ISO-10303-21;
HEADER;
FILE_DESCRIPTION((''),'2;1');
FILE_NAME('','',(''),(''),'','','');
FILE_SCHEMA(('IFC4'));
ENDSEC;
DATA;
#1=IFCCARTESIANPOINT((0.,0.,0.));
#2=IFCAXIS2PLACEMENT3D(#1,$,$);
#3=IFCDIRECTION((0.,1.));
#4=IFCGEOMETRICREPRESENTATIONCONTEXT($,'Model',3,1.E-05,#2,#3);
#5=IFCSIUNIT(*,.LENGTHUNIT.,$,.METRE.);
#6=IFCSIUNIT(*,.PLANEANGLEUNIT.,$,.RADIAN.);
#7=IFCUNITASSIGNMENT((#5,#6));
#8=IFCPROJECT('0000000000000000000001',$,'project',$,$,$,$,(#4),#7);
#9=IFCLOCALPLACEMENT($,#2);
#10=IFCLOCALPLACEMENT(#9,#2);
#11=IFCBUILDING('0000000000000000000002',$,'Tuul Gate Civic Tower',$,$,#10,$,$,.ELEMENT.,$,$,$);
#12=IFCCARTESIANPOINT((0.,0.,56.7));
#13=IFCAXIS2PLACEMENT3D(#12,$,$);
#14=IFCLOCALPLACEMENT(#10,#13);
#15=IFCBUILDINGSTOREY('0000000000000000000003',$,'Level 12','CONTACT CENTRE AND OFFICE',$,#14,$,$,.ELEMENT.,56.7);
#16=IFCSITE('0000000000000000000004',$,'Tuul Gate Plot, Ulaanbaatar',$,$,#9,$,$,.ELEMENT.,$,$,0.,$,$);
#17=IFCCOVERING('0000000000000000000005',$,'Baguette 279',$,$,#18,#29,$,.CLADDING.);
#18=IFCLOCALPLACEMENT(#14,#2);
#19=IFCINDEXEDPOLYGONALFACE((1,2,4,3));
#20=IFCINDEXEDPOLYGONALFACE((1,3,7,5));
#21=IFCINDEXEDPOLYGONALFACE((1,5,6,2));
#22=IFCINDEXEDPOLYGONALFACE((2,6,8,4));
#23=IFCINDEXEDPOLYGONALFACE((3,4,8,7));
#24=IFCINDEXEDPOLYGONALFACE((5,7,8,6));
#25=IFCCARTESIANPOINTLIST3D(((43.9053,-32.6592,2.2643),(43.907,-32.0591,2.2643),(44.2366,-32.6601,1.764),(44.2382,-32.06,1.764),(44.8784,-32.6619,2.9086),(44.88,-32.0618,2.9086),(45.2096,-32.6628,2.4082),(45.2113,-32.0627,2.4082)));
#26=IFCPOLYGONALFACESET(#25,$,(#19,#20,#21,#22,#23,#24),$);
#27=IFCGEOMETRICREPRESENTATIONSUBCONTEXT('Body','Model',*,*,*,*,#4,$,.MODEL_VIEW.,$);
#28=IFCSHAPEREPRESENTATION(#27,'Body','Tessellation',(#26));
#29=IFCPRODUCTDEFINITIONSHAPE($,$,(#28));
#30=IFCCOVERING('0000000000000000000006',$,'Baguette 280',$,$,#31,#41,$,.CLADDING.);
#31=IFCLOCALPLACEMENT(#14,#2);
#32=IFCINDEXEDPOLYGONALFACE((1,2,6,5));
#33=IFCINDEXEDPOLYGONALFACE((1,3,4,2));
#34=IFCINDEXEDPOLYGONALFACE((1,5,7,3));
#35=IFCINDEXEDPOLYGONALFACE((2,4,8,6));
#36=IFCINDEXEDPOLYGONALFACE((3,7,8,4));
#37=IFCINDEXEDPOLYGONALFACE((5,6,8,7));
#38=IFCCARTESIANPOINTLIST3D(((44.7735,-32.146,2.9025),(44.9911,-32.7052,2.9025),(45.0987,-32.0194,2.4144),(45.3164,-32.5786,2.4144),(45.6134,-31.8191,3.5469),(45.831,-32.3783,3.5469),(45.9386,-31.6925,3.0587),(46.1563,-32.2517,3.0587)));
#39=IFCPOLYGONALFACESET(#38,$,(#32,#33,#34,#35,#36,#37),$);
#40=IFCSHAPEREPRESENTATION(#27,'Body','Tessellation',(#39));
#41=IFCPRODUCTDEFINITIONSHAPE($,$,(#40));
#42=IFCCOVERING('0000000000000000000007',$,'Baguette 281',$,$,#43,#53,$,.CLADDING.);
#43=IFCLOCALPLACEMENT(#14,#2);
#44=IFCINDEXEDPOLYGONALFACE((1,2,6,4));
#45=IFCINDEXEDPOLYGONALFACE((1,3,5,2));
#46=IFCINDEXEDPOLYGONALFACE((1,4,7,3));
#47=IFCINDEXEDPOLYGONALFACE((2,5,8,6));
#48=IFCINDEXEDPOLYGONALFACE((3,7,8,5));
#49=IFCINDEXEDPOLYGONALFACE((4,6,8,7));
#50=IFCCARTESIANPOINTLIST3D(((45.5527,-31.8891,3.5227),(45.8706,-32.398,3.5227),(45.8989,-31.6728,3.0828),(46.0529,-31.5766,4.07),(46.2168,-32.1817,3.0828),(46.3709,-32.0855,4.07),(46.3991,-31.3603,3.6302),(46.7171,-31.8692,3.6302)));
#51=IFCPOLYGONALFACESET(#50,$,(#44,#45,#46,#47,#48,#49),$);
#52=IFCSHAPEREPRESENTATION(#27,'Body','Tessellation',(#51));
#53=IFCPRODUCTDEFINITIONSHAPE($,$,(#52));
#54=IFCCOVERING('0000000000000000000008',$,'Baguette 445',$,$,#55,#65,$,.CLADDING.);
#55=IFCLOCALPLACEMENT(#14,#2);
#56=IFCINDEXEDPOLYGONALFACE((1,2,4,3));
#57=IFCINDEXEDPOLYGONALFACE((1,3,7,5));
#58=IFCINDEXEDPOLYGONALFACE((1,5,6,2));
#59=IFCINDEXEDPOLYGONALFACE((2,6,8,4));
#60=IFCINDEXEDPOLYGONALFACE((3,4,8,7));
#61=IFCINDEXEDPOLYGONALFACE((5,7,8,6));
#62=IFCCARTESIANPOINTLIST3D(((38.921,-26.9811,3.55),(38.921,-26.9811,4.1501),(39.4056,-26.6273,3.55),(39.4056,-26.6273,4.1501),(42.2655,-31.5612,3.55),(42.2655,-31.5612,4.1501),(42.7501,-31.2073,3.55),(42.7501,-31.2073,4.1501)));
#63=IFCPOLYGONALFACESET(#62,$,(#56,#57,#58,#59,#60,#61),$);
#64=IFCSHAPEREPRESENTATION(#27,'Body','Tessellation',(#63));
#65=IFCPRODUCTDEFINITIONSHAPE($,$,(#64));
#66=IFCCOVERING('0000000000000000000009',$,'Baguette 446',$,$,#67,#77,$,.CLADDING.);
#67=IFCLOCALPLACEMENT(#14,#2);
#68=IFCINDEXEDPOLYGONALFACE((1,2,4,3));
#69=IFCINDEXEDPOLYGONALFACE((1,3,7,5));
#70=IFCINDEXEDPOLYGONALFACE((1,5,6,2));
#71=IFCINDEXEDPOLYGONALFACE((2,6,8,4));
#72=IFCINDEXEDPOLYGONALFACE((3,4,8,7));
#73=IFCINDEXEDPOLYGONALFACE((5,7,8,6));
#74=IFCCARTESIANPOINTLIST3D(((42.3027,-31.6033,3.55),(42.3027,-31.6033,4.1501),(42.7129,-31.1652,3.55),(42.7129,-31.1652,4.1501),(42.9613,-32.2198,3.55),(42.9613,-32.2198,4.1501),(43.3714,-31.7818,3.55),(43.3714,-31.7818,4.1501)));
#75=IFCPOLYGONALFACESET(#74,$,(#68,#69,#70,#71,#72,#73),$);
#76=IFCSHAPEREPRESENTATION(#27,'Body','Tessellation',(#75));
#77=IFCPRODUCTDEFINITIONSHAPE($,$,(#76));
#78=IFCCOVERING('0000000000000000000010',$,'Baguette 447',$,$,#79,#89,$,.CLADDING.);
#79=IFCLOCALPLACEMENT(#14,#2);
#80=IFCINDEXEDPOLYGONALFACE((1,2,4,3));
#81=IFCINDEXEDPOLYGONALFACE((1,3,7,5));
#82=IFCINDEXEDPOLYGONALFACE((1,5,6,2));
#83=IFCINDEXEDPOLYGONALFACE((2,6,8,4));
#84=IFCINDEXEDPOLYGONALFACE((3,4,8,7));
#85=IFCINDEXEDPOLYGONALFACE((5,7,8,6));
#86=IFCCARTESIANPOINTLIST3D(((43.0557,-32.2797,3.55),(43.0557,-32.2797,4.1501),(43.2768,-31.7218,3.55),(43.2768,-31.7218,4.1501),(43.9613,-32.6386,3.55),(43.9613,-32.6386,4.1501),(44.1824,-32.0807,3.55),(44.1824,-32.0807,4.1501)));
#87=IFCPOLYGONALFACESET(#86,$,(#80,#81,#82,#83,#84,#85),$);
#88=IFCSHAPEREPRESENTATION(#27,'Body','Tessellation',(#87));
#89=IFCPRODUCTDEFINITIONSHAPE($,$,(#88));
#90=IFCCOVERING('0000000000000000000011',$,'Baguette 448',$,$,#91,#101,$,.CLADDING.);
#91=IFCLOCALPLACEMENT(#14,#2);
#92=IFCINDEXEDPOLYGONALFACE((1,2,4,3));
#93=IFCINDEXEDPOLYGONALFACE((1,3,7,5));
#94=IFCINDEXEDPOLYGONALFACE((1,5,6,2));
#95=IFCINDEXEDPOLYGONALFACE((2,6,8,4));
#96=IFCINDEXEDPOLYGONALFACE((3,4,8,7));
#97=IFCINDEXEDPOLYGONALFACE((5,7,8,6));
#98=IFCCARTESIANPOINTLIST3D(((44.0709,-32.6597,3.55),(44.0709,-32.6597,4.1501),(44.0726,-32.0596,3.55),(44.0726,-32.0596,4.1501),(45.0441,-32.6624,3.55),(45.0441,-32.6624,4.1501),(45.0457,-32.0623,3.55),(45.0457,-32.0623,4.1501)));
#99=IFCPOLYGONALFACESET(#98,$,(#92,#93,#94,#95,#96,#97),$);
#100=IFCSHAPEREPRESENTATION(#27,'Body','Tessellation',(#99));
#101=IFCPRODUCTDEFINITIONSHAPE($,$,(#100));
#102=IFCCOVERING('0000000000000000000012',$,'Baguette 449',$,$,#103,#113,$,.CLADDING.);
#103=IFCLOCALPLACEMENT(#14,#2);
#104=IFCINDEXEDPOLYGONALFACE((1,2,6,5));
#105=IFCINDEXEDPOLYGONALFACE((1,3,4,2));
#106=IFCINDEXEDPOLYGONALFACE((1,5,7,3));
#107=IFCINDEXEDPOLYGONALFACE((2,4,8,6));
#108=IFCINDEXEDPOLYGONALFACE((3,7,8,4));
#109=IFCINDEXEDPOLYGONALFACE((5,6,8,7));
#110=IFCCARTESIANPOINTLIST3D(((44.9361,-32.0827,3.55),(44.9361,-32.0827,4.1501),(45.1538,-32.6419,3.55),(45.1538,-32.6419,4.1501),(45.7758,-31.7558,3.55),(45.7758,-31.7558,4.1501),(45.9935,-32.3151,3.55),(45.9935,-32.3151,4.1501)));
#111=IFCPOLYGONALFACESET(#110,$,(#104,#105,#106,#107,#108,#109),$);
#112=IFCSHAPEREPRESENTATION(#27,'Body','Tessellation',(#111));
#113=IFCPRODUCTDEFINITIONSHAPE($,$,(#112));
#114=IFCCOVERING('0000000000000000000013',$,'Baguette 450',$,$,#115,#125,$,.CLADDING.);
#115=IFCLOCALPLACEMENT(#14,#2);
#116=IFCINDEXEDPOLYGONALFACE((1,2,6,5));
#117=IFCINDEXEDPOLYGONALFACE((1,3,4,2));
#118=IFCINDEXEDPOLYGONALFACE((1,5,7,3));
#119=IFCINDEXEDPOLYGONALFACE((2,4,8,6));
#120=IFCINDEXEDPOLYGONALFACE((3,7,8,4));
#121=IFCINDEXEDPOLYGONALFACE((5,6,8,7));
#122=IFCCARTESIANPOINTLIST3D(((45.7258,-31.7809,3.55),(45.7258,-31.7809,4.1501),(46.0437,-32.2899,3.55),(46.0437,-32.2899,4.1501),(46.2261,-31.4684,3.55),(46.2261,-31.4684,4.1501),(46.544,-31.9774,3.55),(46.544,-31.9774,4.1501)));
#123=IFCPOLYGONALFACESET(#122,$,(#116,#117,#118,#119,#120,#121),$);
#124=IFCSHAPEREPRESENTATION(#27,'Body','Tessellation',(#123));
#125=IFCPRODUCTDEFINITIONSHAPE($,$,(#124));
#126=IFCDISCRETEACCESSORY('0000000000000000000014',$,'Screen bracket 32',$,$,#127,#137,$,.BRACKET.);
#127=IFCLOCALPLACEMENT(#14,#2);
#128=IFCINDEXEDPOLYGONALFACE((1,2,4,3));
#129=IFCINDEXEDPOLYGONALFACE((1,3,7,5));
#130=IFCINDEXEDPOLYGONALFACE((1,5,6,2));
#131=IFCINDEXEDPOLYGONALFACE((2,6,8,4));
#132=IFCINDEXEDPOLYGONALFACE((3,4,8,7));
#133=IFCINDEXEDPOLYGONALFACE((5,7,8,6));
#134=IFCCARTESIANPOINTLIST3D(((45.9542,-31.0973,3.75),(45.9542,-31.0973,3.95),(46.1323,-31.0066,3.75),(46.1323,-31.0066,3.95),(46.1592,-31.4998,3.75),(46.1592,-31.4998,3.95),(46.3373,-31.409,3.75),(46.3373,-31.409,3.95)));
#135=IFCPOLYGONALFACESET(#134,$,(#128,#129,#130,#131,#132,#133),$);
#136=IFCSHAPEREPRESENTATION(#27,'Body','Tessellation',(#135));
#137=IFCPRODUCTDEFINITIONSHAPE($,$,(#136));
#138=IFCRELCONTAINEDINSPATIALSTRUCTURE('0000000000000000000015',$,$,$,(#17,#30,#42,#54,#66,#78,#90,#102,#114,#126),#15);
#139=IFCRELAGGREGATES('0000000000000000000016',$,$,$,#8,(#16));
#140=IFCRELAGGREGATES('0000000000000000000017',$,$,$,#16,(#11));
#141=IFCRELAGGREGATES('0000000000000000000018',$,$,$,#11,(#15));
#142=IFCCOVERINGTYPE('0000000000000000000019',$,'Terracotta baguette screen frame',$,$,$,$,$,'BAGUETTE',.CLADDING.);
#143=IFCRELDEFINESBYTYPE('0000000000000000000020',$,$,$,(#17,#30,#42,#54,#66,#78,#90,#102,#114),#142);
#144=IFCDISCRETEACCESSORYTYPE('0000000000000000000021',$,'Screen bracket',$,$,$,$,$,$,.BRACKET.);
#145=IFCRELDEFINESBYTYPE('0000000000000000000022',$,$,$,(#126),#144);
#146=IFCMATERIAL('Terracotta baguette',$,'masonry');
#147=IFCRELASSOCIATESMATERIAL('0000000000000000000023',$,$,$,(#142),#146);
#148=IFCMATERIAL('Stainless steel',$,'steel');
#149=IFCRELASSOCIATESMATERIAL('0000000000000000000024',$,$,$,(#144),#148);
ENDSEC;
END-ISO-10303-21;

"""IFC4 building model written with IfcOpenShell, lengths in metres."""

from ifc_helpers import new_model, si_unit, direction, frame, origin, origin_2d, place, context, subcontext, project, spatial, rectangle, extrude, material, material_profile, profile_set, type_object, element, save


model = new_model("IFC4")

# Units and contexts
model_context = context("Model", 3, precision=1e-05, world=origin(), true_north=direction((0.0, 1.0)))
body_context = subcontext(model_context, "Body", "Model", "MODEL_VIEW")
ifc_project = project(units=[si_unit("LENGTHUNIT", "METRE"), si_unit("PLANEANGLEUNIT", "RADIAN")], contexts=[model_context])

# Site, building, storey
site_placement = place(None, origin())
site = spatial("IfcSite", under=ifc_project, at=site_placement, Name="Tuul Gate Plot, Ulaanbaatar", CompositionType="ELEMENT", RefElevation=0.0)
building_placement = place(site_placement, origin())
building = spatial("IfcBuilding", under=site, at=building_placement, Name="Tuul Gate Civic Tower", CompositionType="ELEMENT")
storey_placement = place(building_placement, frame((0.0, 0.0, 56.7)))
storey = spatial("IfcBuildingStorey", under=building, at=storey_placement, Name="Level 12", Description="CONTACT CENTRE AND OFFICE", CompositionType="ELEMENT", Elevation=56.7)

# Coverings
ifc_material_1 = material(Name="Terracotta baguette", Category="masonry")
ifc_material_profile_1 = material_profile(ifc_material_1, rectangle(XDim=0.6001, YDim=0.6001, at=origin_2d()), Name="Terracotta baguette screen frame")
ifc_profile_set_1 = profile_set([ifc_material_profile_1], Name="Terracotta baguette")
covering_type = type_object("IfcCoveringType", Name="Terracotta baguette screen frame", ElementType="BAGUETTE", PredefinedType="CLADDING", material=ifc_profile_set_1)
covering_1_placement = place(storey_placement, frame((44.0718, -32.3596, 2.0142), z_axis=(0.833814, -0.002301, 0.552041), x_axis=(0.00276, 0.999996, 0.0)))
element("IfcCovering", 1, at=covering_1_placement, inside=storey, type_object=covering_type, Name="Baguette 279", PredefinedType="CLADDING", context=body_context, shape_type="SweptSolid", body=[
    extrude(rectangle(XDim=0.6001, YDim=0.6001, at=origin_2d()), origin(), (0.0, 0.0, 1.0), 1.167),
])
covering_2_placement = place(storey_placement, frame((45.0449, -32.3623, 2.6584), z_axis=(0.758091, 0.295083, 0.58157), x_axis=(-0.362734, 0.931893, 0.0)))
element("IfcCovering", 2, at=covering_2_placement, inside=storey, type_object=covering_type, Name="Baguette 280", PredefinedType="CLADDING", context=body_context, shape_type="SweptSolid", body=[
    extrude(rectangle(XDim=0.6001, YDim=0.6001, at=origin_2d()), origin(), (0.0, 0.0, 1.0), 1.1079),
])
covering_3_placement = place(storey_placement, frame((45.8848, -32.0354, 3.3027), z_axis=(0.62167, 0.388354, 0.680226), x_axis=(-0.529813, 0.848115, 0.0)))
element("IfcCovering", 3, at=covering_3_placement, inside=storey, type_object=covering_type, Name="Baguette 281", PredefinedType="CLADDING", context=body_context, shape_type="SweptSolid", body=[
    extrude(rectangle(XDim=0.6001, YDim=0.6001, at=origin_2d()), origin(), (0.0, 0.0, 1.0), 0.8047),
])
covering_4_placement = place(storey_placement, frame((39.1633, -26.8042, 3.8501), z_axis=(0.589729, -0.807601, 0.0), x_axis=(0.807601, 0.589729, 0.0)))
element("IfcCovering", 4, at=covering_4_placement, inside=storey, type_object=covering_type, Name="Baguette 445", PredefinedType="CLADDING", context=body_context, shape_type="SweptSolid", body=[
    extrude(rectangle(XDim=0.6001, YDim=0.6001, at=origin_2d()), origin(), (0.0, 0.0, 1.0), 5.6711),
])
covering_5_placement = place(storey_placement, frame((42.5078, -31.3843, 3.8501), z_axis=(0.730001, -0.683446, 0.0), x_axis=(0.683446, 0.730001, 0.0)))
element("IfcCovering", 5, at=covering_5_placement, inside=storey, type_object=covering_type, Name="Baguette 446", PredefinedType="CLADDING", context=body_context, shape_type="SweptSolid", body=[
    extrude(rectangle(XDim=0.6001, YDim=0.6001, at=origin_2d()), origin(), (0.0, 0.0, 1.0), 0.9021),
])
covering_6_placement = place(storey_placement, frame((43.1663, -32.0007, 3.8501), z_axis=(0.929647, -0.36845, 0.0), x_axis=(0.36845, 0.929647, 0.0)))
element("IfcCovering", 6, at=covering_6_placement, inside=storey, type_object=covering_type, Name="Baguette 447", PredefinedType="CLADDING", context=body_context, shape_type="SweptSolid", body=[
    extrude(rectangle(XDim=0.6001, YDim=0.6001, at=origin_2d()), origin(), (0.0, 0.0, 1.0), 0.9741),
])
covering_7_placement = place(storey_placement, frame((44.0718, -32.3596, 3.8501), z_axis=(0.999996, -0.00276, 0.0), x_axis=(0.00276, 0.999996, 0.0)))
element("IfcCovering", 7, at=covering_7_placement, inside=storey, type_object=covering_type, Name="Baguette 448", PredefinedType="CLADDING", context=body_context, shape_type="SweptSolid", body=[
    extrude(rectangle(XDim=0.6001, YDim=0.6001, at=origin_2d()), origin(), (0.0, 0.0, 1.0), 0.9731),
])
covering_8_placement = place(storey_placement, frame((45.0449, -32.3623, 3.8501), z_axis=(0.931893, 0.362734, 0.0), x_axis=(-0.362734, 0.931893, 0.0)))
element("IfcCovering", 8, at=covering_8_placement, inside=storey, type_object=covering_type, Name="Baguette 449", PredefinedType="CLADDING", context=body_context, shape_type="SweptSolid", body=[
    extrude(rectangle(XDim=0.6001, YDim=0.6001, at=origin_2d()), origin(), (0.0, 0.0, 1.0), 0.9011),
])
covering_9_placement = place(storey_placement, frame((45.8848, -32.0354, 3.8501), z_axis=(0.848115, 0.529813, 0.0), x_axis=(-0.529813, 0.848115, 0.0)))
element("IfcCovering", 9, at=covering_9_placement, inside=storey, type_object=covering_type, Name="Baguette 450", PredefinedType="CLADDING", context=body_context, shape_type="SweptSolid", body=[
    extrude(rectangle(XDim=0.6001, YDim=0.6001, at=origin_2d()), origin(), (0.0, 0.0, 1.0), 0.5898),
])

# Discrete accessory
ifc_material_2 = material(Name="Stainless steel", Category="steel")
discrete_accessory_type = type_object("IfcDiscreteAccessoryType", Name="Screen bracket", PredefinedType="BRACKET", material=ifc_material_2)
discrete_accessory_placement = place(storey_placement, frame((46.1458, -31.2532, 3.75), z_axis=(0.0, 0.0, 1.0), x_axis=(0.453849, -0.891079, 0.0)))
element("IfcDiscreteAccessory", 10, at=discrete_accessory_placement, inside=storey, type_object=discrete_accessory_type, Name="Screen bracket 32", PredefinedType="BRACKET", context=body_context, shape_type="SweptSolid", body=[
    extrude(rectangle(XDim=0.4517, YDim=0.2, at=origin_2d()), origin(), (0.0, 0.0, 1.0), 0.2),
])

save(model, "model.ifc")
